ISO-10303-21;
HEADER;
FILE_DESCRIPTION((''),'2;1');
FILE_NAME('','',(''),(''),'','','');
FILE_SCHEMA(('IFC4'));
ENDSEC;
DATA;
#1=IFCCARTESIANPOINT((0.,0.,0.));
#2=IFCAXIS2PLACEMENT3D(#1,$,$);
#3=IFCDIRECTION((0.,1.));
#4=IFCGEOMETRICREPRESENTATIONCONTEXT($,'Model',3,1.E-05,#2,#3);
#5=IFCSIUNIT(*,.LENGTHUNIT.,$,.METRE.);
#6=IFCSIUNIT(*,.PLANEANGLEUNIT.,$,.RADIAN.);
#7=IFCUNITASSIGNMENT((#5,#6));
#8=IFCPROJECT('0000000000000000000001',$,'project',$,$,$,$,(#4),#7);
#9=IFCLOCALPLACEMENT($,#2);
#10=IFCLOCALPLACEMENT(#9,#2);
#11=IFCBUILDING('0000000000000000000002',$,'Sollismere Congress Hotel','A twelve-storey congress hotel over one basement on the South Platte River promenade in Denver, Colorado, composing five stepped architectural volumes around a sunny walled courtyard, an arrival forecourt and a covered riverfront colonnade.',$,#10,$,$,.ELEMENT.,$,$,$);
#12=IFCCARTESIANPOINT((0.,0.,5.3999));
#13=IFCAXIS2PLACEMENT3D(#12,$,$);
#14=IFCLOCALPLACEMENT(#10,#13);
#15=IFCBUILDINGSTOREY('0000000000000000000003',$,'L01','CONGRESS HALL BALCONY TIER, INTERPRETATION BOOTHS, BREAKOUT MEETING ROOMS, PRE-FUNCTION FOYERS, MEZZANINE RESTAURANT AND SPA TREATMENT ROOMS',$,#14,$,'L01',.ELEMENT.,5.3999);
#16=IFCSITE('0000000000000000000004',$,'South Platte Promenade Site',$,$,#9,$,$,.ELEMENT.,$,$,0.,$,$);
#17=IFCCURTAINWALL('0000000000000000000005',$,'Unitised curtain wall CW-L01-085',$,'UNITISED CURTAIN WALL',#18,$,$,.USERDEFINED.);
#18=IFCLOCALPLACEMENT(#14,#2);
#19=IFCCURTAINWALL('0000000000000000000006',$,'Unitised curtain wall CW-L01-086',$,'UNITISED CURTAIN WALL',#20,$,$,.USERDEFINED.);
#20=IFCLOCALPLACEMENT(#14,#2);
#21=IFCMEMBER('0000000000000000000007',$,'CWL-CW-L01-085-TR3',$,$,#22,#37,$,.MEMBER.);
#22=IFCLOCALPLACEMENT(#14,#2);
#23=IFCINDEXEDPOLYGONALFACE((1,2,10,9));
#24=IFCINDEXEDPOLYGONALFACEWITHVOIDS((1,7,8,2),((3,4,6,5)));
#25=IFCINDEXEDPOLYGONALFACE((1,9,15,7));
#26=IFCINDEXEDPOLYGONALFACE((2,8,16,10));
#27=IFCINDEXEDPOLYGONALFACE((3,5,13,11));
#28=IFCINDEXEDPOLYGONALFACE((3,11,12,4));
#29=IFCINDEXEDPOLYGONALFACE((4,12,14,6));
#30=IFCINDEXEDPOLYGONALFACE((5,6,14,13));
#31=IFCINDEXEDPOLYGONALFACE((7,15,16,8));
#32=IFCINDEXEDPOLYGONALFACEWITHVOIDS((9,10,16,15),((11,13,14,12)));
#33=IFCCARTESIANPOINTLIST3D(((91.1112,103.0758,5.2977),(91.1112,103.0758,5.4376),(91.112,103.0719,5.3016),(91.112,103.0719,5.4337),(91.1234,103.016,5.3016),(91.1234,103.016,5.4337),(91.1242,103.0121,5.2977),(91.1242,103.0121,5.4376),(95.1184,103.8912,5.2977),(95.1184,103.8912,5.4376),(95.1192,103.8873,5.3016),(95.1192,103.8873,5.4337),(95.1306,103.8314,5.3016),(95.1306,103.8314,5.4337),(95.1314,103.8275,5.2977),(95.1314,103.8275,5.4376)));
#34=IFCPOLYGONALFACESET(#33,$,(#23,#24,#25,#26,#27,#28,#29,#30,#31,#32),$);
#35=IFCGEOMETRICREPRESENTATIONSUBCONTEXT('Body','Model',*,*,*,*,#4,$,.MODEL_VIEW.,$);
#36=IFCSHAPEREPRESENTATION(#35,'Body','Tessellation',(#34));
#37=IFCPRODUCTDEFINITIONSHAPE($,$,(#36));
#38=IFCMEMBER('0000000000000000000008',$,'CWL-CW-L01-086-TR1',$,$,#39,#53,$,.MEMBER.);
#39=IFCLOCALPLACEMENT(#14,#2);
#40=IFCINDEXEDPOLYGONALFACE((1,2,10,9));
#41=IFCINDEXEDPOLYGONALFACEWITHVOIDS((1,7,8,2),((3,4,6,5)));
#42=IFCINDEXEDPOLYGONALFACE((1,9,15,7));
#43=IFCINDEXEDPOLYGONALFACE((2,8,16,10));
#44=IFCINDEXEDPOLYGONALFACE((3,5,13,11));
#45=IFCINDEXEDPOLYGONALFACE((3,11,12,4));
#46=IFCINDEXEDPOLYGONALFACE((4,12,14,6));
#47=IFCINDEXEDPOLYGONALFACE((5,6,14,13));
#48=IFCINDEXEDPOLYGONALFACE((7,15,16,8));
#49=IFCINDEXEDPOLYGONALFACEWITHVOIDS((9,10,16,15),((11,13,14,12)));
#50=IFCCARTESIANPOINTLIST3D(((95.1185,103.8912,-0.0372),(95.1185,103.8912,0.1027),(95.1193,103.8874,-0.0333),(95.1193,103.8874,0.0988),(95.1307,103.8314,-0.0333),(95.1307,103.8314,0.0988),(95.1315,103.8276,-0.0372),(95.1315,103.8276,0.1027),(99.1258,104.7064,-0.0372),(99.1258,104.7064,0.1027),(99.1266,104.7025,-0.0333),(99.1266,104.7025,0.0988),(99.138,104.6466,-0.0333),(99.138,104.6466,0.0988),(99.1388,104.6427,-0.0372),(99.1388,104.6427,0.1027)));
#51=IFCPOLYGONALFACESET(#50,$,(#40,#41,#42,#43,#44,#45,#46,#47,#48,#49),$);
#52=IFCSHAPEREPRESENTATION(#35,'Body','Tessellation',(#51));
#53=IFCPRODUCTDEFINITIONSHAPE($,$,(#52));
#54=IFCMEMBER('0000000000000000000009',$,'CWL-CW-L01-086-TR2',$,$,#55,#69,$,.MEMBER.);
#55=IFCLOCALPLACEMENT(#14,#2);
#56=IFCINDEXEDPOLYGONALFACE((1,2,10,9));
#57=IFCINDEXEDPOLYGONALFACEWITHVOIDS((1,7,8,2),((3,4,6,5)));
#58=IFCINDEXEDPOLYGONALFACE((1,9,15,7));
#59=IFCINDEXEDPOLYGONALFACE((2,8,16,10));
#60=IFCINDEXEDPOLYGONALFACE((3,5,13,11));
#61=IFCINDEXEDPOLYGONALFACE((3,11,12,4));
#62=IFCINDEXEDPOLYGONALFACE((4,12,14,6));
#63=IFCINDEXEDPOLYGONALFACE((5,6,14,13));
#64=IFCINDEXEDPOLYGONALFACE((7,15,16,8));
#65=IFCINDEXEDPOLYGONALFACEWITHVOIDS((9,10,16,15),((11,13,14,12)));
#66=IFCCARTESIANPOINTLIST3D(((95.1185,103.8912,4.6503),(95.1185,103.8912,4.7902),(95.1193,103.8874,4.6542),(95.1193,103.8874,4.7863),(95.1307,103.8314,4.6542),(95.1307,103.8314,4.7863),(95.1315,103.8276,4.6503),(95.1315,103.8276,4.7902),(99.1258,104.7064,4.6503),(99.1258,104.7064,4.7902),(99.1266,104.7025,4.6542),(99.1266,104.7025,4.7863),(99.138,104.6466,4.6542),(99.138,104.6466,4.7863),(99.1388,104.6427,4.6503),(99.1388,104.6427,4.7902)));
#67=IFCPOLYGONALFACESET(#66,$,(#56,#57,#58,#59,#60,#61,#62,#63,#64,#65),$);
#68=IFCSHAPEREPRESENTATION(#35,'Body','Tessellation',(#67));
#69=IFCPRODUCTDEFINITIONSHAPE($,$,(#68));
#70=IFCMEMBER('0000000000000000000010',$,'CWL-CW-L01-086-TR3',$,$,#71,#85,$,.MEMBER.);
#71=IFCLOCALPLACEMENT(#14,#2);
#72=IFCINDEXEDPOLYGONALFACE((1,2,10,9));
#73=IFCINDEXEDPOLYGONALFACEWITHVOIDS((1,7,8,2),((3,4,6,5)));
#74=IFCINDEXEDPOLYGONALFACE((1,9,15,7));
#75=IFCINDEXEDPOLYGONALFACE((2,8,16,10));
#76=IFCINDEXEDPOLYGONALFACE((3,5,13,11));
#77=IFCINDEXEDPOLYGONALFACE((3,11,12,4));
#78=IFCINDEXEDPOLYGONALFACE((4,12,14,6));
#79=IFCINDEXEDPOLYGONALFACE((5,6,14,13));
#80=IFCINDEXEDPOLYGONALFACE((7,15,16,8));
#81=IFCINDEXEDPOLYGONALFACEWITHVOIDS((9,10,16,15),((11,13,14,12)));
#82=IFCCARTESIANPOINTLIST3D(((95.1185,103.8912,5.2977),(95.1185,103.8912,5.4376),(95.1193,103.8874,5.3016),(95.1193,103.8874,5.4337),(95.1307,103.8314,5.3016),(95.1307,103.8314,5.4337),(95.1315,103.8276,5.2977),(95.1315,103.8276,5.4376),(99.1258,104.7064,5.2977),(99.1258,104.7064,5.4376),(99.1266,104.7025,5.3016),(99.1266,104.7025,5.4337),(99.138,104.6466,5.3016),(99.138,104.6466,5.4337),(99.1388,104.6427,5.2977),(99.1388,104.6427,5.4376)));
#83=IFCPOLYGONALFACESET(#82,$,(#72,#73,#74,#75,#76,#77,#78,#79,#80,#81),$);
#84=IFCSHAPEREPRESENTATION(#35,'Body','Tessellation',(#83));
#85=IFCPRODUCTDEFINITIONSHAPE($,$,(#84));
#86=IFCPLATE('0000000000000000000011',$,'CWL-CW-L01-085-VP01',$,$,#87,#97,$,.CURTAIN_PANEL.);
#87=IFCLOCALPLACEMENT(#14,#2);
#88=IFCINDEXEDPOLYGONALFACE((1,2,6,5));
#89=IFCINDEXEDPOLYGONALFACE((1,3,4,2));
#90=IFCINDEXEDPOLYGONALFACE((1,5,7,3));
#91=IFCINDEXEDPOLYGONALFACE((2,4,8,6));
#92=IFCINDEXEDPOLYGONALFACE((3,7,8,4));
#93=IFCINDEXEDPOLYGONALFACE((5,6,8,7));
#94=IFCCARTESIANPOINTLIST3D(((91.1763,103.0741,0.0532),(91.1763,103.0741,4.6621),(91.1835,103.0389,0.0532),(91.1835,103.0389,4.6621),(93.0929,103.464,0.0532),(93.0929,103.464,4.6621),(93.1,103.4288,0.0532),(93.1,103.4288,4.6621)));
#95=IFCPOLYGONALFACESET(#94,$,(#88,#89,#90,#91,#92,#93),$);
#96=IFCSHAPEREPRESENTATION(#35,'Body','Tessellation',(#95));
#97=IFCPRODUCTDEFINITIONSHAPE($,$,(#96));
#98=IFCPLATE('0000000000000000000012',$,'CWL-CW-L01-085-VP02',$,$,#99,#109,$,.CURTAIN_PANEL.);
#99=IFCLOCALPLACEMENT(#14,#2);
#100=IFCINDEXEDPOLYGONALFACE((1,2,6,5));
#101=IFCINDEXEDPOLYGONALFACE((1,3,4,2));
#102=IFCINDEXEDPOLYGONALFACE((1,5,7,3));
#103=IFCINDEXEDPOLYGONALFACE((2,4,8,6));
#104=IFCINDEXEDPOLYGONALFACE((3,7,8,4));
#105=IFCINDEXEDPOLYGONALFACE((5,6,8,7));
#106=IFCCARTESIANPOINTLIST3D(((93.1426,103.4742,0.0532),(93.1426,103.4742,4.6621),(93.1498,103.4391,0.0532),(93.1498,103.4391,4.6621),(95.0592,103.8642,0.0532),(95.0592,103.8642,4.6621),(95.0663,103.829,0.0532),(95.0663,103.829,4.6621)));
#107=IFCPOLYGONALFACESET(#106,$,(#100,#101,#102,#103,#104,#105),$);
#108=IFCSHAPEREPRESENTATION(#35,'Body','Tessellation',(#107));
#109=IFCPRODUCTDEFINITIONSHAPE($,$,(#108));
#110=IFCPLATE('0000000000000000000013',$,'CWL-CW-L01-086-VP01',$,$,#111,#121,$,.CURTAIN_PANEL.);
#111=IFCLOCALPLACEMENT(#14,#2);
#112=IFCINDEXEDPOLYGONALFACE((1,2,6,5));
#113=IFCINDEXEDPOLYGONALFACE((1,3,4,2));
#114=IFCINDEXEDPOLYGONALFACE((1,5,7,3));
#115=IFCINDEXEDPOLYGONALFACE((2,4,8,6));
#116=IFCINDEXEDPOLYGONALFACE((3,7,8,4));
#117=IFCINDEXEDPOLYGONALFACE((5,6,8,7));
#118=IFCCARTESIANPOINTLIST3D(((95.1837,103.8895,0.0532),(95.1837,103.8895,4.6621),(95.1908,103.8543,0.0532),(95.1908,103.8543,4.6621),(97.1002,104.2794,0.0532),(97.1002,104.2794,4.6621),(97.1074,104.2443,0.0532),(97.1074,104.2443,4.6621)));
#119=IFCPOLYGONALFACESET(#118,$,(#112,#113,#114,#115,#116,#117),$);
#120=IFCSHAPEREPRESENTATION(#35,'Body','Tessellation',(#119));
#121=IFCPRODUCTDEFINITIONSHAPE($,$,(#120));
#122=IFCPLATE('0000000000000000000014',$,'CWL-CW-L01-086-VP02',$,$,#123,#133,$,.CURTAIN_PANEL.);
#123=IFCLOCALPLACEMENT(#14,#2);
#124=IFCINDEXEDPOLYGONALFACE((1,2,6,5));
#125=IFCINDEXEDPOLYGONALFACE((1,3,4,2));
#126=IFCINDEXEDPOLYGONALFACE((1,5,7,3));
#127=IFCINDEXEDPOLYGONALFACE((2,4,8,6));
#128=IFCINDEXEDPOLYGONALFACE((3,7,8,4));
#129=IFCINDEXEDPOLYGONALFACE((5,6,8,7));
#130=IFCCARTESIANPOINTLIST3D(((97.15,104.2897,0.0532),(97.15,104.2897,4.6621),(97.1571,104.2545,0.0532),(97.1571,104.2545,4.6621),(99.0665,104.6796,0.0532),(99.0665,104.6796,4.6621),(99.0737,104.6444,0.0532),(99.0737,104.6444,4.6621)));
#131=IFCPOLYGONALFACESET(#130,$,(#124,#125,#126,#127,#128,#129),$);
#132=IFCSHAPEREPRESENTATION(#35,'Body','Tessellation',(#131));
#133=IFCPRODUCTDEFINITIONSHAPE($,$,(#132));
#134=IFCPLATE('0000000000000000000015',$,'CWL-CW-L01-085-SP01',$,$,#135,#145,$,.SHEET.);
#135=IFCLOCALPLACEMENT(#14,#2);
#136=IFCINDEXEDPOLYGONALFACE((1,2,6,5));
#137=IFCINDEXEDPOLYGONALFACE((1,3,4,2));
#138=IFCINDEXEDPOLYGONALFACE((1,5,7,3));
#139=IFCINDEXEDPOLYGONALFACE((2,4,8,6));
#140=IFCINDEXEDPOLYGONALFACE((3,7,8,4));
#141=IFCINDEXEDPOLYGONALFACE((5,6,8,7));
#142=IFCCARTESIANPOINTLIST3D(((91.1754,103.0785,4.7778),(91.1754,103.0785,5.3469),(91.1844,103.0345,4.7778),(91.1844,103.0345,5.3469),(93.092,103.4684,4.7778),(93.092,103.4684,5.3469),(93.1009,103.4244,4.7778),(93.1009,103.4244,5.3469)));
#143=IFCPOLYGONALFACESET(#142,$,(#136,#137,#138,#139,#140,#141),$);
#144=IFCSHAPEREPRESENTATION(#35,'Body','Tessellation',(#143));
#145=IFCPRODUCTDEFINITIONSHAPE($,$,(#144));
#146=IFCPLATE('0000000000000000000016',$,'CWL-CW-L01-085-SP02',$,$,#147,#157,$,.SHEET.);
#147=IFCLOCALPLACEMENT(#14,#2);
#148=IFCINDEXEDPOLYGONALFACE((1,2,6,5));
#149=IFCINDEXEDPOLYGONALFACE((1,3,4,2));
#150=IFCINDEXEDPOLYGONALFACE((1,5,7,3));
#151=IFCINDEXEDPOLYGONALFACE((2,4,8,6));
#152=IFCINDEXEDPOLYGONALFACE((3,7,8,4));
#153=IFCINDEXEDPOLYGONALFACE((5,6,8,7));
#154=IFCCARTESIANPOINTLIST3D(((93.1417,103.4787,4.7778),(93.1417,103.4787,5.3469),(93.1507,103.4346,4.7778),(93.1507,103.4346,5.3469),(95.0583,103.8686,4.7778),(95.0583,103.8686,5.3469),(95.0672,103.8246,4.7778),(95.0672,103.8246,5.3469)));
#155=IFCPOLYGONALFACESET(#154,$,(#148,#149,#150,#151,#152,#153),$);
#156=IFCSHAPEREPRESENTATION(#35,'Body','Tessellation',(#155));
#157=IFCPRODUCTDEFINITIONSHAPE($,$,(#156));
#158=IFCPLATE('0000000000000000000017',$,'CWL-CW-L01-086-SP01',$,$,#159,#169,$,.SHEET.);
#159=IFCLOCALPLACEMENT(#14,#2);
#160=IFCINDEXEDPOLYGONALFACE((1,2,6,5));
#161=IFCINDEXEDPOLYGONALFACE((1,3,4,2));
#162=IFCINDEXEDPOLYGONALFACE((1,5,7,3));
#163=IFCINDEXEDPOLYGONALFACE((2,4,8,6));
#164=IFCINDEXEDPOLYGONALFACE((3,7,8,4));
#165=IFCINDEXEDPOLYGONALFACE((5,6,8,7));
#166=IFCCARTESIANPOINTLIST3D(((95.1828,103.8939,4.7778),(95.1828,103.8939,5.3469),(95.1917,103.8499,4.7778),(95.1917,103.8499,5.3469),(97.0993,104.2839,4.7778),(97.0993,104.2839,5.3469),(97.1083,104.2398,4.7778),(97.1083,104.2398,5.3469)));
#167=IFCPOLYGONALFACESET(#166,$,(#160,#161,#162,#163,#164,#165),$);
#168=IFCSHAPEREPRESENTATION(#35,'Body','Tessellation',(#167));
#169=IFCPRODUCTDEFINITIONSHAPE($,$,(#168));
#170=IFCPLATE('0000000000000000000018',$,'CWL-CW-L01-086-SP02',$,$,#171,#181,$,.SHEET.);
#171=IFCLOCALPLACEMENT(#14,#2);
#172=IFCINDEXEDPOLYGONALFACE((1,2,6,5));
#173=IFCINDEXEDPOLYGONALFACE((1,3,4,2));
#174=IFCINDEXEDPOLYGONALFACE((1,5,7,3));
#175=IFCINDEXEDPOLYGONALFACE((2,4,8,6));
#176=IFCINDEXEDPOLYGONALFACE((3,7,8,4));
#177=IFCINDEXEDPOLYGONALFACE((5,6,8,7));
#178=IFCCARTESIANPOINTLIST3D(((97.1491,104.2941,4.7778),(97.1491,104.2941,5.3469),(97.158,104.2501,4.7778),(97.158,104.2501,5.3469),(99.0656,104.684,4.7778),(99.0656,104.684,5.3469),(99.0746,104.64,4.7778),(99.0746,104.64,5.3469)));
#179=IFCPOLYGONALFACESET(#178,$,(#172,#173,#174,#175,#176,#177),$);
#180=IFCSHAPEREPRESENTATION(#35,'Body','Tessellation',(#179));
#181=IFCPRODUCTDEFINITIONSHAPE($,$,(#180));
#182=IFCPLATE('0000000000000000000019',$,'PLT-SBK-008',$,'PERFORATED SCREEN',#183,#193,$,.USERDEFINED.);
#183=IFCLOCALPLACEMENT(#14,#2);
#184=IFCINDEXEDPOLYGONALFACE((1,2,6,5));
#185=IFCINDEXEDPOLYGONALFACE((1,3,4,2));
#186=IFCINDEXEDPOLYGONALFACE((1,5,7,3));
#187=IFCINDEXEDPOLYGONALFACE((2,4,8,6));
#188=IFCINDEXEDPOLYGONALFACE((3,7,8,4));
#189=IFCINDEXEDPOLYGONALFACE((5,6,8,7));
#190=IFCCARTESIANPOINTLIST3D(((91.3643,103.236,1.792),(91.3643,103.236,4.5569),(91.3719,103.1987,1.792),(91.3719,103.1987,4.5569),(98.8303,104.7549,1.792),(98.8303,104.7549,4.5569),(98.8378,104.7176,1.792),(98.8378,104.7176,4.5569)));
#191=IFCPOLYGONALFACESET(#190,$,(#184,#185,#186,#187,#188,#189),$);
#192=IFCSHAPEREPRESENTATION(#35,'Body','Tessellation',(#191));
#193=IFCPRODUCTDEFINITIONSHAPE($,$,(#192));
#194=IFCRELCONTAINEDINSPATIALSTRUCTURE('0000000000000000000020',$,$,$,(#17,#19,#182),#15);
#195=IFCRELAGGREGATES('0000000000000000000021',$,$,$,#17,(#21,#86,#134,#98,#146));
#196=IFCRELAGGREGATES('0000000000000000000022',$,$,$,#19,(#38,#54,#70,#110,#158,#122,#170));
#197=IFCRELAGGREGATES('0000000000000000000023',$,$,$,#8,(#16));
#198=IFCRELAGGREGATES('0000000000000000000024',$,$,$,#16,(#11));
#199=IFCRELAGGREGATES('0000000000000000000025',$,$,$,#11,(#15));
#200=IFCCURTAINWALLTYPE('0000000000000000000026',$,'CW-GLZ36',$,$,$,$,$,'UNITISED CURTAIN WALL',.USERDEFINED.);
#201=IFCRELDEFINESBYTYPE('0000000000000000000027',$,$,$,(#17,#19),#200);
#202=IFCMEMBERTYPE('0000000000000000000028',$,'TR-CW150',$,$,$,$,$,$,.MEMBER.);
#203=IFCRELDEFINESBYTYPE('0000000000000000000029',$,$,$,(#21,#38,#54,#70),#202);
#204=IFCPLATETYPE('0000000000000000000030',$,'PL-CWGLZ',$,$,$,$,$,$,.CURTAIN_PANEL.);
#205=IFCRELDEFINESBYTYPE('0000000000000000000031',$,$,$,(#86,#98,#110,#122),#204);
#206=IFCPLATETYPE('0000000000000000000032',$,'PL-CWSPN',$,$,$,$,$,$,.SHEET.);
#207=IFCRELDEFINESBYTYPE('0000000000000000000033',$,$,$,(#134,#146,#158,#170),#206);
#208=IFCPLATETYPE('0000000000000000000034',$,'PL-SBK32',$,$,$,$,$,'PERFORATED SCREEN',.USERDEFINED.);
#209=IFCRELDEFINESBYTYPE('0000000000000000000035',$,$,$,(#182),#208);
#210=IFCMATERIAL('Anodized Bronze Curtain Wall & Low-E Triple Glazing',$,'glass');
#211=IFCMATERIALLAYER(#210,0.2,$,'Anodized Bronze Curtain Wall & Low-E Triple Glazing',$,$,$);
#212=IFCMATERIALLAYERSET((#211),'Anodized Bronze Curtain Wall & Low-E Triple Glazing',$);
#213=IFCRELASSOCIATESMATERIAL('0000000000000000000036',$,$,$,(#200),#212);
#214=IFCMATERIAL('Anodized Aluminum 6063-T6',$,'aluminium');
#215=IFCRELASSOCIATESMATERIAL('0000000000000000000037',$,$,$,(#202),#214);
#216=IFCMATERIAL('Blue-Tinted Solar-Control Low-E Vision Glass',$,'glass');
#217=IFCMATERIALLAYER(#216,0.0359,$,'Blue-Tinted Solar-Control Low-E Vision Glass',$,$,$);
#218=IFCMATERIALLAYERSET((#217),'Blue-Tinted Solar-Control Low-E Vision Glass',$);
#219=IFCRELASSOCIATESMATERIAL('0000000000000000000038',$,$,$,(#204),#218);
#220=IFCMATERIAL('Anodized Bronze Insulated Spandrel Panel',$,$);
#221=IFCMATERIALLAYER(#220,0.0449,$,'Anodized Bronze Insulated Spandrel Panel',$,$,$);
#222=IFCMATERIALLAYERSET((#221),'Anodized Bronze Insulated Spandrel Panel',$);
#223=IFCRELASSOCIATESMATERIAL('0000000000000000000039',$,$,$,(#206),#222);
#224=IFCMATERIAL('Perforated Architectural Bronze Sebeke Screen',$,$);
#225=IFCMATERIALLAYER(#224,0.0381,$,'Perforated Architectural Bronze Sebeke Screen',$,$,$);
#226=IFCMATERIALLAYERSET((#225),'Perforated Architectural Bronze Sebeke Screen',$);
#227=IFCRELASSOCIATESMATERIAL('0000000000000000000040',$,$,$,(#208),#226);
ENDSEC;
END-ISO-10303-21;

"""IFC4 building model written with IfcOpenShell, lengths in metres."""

from ifc_helpers import new_model, si_unit, direction, frame, origin, origin_2d, place, context, subcontext, project, spatial, rectangle, hollow_rectangle, extrude, material, layer, layer_set, material_profile, profile_set, type_object, element, aggregate, save


model = new_model("IFC4")

# Units and contexts
model_context = context("Model", 3, precision=1e-05, world=origin(), true_north=direction((0.0, 1.0)))
body_context = subcontext(model_context, "Body", "Model", "MODEL_VIEW")
ifc_project = project(units=[si_unit("LENGTHUNIT", "METRE"), si_unit("PLANEANGLEUNIT", "RADIAN")], contexts=[model_context])

# Site, building, storey
site_placement = place(None, origin())
site = spatial("IfcSite", under=ifc_project, at=site_placement, Name="South Platte Promenade Site", CompositionType="ELEMENT", RefElevation=0.0)
building_placement = place(site_placement, origin())
building = spatial("IfcBuilding", under=site, at=building_placement, Name="Sollismere Congress Hotel", Description="A twelve-storey congress hotel over one basement on the South Platte River promenade in Denver, Colorado, composing five stepped architectural volumes around a sunny walled courtyard, an arrival forecourt and a covered riverfront colonnade.", CompositionType="ELEMENT")
storey_placement = place(building_placement, frame((0.0, 0.0, 5.3999)))
storey = spatial("IfcBuildingStorey", under=building, at=storey_placement, Name="L01", Description="CONGRESS HALL BALCONY TIER, INTERPRETATION BOOTHS, BREAKOUT MEETING ROOMS, PRE-FUNCTION FOYERS, MEZZANINE RESTAURANT AND SPA TREATMENT ROOMS", LongName="L01", CompositionType="ELEMENT", Elevation=5.3999)

# Curtain walls
ifc_material_1 = material(Name="Anodized Bronze Curtain Wall & Low-E Triple Glazing", Category="glass")
ifc_layer_1 = layer(ifc_material_1, 0.2, Name="Anodized Bronze Curtain Wall & Low-E Triple Glazing")
ifc_layer_set_1 = layer_set([ifc_layer_1], Name="Anodized Bronze Curtain Wall & Low-E Triple Glazing")
curtain_wall_type = type_object("IfcCurtainWallType", Name="CW-GLZ36", ElementType="UNITISED CURTAIN WALL", PredefinedType="USERDEFINED", material=ifc_layer_set_1)
curtain_wall_1_placement = place(storey_placement, origin())
curtain_wall_1 = element("IfcCurtainWall", 1, at=curtain_wall_1_placement, inside=storey, type_object=curtain_wall_type, Name="Unitised curtain wall CW-L01-085", ObjectType="UNITISED CURTAIN WALL", PredefinedType="USERDEFINED")
ifc_material_2 = material(Name="Anodized Aluminum 6063-T6", Category="aluminium")
curtain_wall_2_placement = place(storey_placement, origin())
curtain_wall_2 = element("IfcCurtainWall", 2, at=curtain_wall_2_placement, inside=storey, type_object=curtain_wall_type, Name="Unitised curtain wall CW-L01-086", ObjectType="UNITISED CURTAIN WALL", PredefinedType="USERDEFINED")

# Members
ifc_material_profile_1 = material_profile(ifc_material_2, hollow_rectangle(XDim=0.0649, YDim=0.1399, WallThickness=0.0039, at=origin_2d()), Name="ALU140X65X4")
ifc_profile_set_1 = profile_set([ifc_material_profile_1], Name="Anodized Aluminum 6063-T6")
member_type_1 = type_object("IfcMemberType", Name="TR-CW150", PredefinedType="MEMBER", material=ifc_profile_set_1)
member_1_placement = place(storey_placement, frame((91.1177, 103.0439, 5.3677), z_axis=(0.979918, 0.199399, 0.0), x_axis=(-0.199399, 0.979918, 0.0)))
member_1 = element("IfcMember", 3, at=member_1_placement, type_object=member_type_1, Name="CWL-CW-L01-085-TR3", PredefinedType="MEMBER", context=body_context, shape_type="SweptSolid", body=[
    extrude(hollow_rectangle(XDim=0.0649, YDim=0.1399, WallThickness=0.0039, at=origin_2d()), origin(), (0.0, 0.0, 1.0), 4.0894),
])
member_2_placement = place(storey_placement, frame((95.125, 103.8594, 0.0327), z_axis=(0.97993, 0.199341, 0.0), x_axis=(-0.199341, 0.97993, 0.0)))
member_2 = element("IfcMember", 4, at=member_2_placement, type_object=member_type_1, Name="CWL-CW-L01-086-TR1", PredefinedType="MEMBER", context=body_context, shape_type="SweptSolid", body=[
    extrude(hollow_rectangle(XDim=0.0649, YDim=0.1399, WallThickness=0.0039, at=origin_2d()), origin(), (0.0, 0.0, 1.0), 4.0894),
])
member_3_placement = place(storey_placement, frame((95.125, 103.8594, 4.7202), z_axis=(0.97993, 0.199341, 0.0), x_axis=(-0.199341, 0.97993, 0.0)))
member_3 = element("IfcMember", 5, at=member_3_placement, type_object=member_type_1, Name="CWL-CW-L01-086-TR2", PredefinedType="MEMBER", context=body_context, shape_type="SweptSolid", body=[
    extrude(hollow_rectangle(XDim=0.0649, YDim=0.1399, WallThickness=0.0039, at=origin_2d()), origin(), (0.0, 0.0, 1.0), 4.0894),
])
member_4_placement = place(storey_placement, frame((95.125, 103.8594, 5.3677), z_axis=(0.97993, 0.199341, 0.0), x_axis=(-0.199341, 0.97993, 0.0)))
member_4 = element("IfcMember", 6, at=member_4_placement, type_object=member_type_1, Name="CWL-CW-L01-086-TR3", PredefinedType="MEMBER", context=body_context, shape_type="SweptSolid", body=[
    extrude(hollow_rectangle(XDim=0.0649, YDim=0.1399, WallThickness=0.0039, at=origin_2d()), origin(), (0.0, 0.0, 1.0), 4.0894),
])

# Plates
ifc_material_3 = material(Name="Blue-Tinted Solar-Control Low-E Vision Glass", Category="glass")
ifc_layer_2 = layer(ifc_material_3, 0.0359, Name="Blue-Tinted Solar-Control Low-E Vision Glass")
ifc_layer_set_2 = layer_set([ifc_layer_2], Name="Blue-Tinted Solar-Control Low-E Vision Glass")
plate_type_1 = type_object("IfcPlateType", Name="PL-CWGLZ", PredefinedType="CURTAIN_PANEL", material=ifc_layer_set_2)
plate_1_placement = place(storey_placement, frame((92.1382, 103.2515, 0.0532), z_axis=(0.0, 0.0, 1.0), x_axis=(0.979925, 0.199368, 0.0)))
plate_1 = element("IfcPlate", 7, at=plate_1_placement, type_object=plate_type_1, Name="CWL-CW-L01-085-VP01", PredefinedType="CURTAIN_PANEL", context=body_context, shape_type="SweptSolid", body=[
    extrude(rectangle(XDim=1.9558, YDim=0.0359, at=origin_2d()), origin(), (0.0, 0.0, 1.0), 4.6089),
])
plate_2_placement = place(storey_placement, frame((94.1045, 103.6516, 0.0532), z_axis=(0.0, 0.0, 1.0), x_axis=(0.979925, 0.199368, 0.0)))
plate_2 = element("IfcPlate", 8, at=plate_2_placement, type_object=plate_type_1, Name="CWL-CW-L01-085-VP02", PredefinedType="CURTAIN_PANEL", context=body_context, shape_type="SweptSolid", body=[
    extrude(rectangle(XDim=1.9558, YDim=0.0359, at=origin_2d()), origin(), (0.0, 0.0, 1.0), 4.6089),
])
plate_3_placement = place(storey_placement, frame((96.1455, 104.0669, 0.0532), z_axis=(0.0, 0.0, 1.0), x_axis=(0.979925, 0.199368, 0.0)))
plate_3 = element("IfcPlate", 9, at=plate_3_placement, type_object=plate_type_1, Name="CWL-CW-L01-086-VP01", PredefinedType="CURTAIN_PANEL", context=body_context, shape_type="SweptSolid", body=[
    extrude(rectangle(XDim=1.9558, YDim=0.0359, at=origin_2d()), origin(), (0.0, 0.0, 1.0), 4.6089),
])
plate_4_placement = place(storey_placement, frame((98.1118, 104.467, 0.0532), z_axis=(0.0, 0.0, 1.0), x_axis=(0.979925, 0.199368, 0.0)))
plate_4 = element("IfcPlate", 10, at=plate_4_placement, type_object=plate_type_1, Name="CWL-CW-L01-086-VP02", PredefinedType="CURTAIN_PANEL", context=body_context, shape_type="SweptSolid", body=[
    extrude(rectangle(XDim=1.9558, YDim=0.0359, at=origin_2d()), origin(), (0.0, 0.0, 1.0), 4.6089),
])
ifc_material_4 = material(Name="Anodized Bronze Insulated Spandrel Panel")
ifc_layer_3 = layer(ifc_material_4, 0.0449, Name="Anodized Bronze Insulated Spandrel Panel")
ifc_layer_set_3 = layer_set([ifc_layer_3], Name="Anodized Bronze Insulated Spandrel Panel")
plate_type_2 = type_object("IfcPlateType", Name="PL-CWSPN", PredefinedType="SHEET", material=ifc_layer_set_3)
plate_5_placement = place(storey_placement, frame((92.1382, 103.2515, 4.7778), z_axis=(0.0, 0.0, 1.0), x_axis=(0.979925, 0.199368, 0.0)))
plate_5 = element("IfcPlate", 11, at=plate_5_placement, type_object=plate_type_2, Name="CWL-CW-L01-085-SP01", PredefinedType="SHEET", context=body_context, shape_type="SweptSolid", body=[
    extrude(rectangle(XDim=1.9558, YDim=0.0449, at=origin_2d()), origin(), (0.0, 0.0, 1.0), 0.5691),
])
plate_6_placement = place(storey_placement, frame((94.1045, 103.6516, 4.7778), z_axis=(0.0, 0.0, 1.0), x_axis=(0.979925, 0.199368, 0.0)))
plate_6 = element("IfcPlate", 12, at=plate_6_placement, type_object=plate_type_2, Name="CWL-CW-L01-085-SP02", PredefinedType="SHEET", context=body_context, shape_type="SweptSolid", body=[
    extrude(rectangle(XDim=1.9558, YDim=0.0449, at=origin_2d()), origin(), (0.0, 0.0, 1.0), 0.5691),
])
aggregate(curtain_wall_1, [member_1, plate_1, plate_5, plate_2, plate_6])
plate_7_placement = place(storey_placement, frame((96.1455, 104.0669, 4.7778), z_axis=(0.0, 0.0, 1.0), x_axis=(0.979925, 0.199368, 0.0)))
plate_7 = element("IfcPlate", 13, at=plate_7_placement, type_object=plate_type_2, Name="CWL-CW-L01-086-SP01", PredefinedType="SHEET", context=body_context, shape_type="SweptSolid", body=[
    extrude(rectangle(XDim=1.9558, YDim=0.0449, at=origin_2d()), origin(), (0.0, 0.0, 1.0), 0.5691),
])
plate_8_placement = place(storey_placement, frame((98.1118, 104.467, 4.7778), z_axis=(0.0, 0.0, 1.0), x_axis=(0.979925, 0.199368, 0.0)))
plate_8 = element("IfcPlate", 14, at=plate_8_placement, type_object=plate_type_2, Name="CWL-CW-L01-086-SP02", PredefinedType="SHEET", context=body_context, shape_type="SweptSolid", body=[
    extrude(rectangle(XDim=1.9558, YDim=0.0449, at=origin_2d()), origin(), (0.0, 0.0, 1.0), 0.5691),
])
aggregate(curtain_wall_2, [member_2, member_3, member_4, plate_3, plate_7, plate_4, plate_8])
ifc_material_5 = material(Name="Perforated Architectural Bronze Sebeke Screen")
ifc_layer_4 = layer(ifc_material_5, 0.0381, Name="Perforated Architectural Bronze Sebeke Screen")
ifc_layer_set_4 = layer_set([ifc_layer_4], Name="Perforated Architectural Bronze Sebeke Screen")
plate_type_3 = type_object("IfcPlateType", Name="PL-SBK32", ElementType="PERFORATED SCREEN", PredefinedType="USERDEFINED", material=ifc_layer_set_4)
plate_9_placement = place(storey_placement, frame((95.1011, 103.9768, 1.792), z_axis=(0.0, 0.0, 1.0), x_axis=(0.979925, 0.199368, 0.0)))
element("IfcPlate", 15, at=plate_9_placement, inside=storey, type_object=plate_type_3, Name="PLT-SBK-008", ObjectType="PERFORATED SCREEN", PredefinedType="USERDEFINED", context=body_context, shape_type="SweptSolid", body=[
    extrude(rectangle(XDim=7.6189, YDim=0.0381, at=origin_2d()), origin(), (0.0, 0.0, 1.0), 2.7649),
])

save(model, "model.ifc")
